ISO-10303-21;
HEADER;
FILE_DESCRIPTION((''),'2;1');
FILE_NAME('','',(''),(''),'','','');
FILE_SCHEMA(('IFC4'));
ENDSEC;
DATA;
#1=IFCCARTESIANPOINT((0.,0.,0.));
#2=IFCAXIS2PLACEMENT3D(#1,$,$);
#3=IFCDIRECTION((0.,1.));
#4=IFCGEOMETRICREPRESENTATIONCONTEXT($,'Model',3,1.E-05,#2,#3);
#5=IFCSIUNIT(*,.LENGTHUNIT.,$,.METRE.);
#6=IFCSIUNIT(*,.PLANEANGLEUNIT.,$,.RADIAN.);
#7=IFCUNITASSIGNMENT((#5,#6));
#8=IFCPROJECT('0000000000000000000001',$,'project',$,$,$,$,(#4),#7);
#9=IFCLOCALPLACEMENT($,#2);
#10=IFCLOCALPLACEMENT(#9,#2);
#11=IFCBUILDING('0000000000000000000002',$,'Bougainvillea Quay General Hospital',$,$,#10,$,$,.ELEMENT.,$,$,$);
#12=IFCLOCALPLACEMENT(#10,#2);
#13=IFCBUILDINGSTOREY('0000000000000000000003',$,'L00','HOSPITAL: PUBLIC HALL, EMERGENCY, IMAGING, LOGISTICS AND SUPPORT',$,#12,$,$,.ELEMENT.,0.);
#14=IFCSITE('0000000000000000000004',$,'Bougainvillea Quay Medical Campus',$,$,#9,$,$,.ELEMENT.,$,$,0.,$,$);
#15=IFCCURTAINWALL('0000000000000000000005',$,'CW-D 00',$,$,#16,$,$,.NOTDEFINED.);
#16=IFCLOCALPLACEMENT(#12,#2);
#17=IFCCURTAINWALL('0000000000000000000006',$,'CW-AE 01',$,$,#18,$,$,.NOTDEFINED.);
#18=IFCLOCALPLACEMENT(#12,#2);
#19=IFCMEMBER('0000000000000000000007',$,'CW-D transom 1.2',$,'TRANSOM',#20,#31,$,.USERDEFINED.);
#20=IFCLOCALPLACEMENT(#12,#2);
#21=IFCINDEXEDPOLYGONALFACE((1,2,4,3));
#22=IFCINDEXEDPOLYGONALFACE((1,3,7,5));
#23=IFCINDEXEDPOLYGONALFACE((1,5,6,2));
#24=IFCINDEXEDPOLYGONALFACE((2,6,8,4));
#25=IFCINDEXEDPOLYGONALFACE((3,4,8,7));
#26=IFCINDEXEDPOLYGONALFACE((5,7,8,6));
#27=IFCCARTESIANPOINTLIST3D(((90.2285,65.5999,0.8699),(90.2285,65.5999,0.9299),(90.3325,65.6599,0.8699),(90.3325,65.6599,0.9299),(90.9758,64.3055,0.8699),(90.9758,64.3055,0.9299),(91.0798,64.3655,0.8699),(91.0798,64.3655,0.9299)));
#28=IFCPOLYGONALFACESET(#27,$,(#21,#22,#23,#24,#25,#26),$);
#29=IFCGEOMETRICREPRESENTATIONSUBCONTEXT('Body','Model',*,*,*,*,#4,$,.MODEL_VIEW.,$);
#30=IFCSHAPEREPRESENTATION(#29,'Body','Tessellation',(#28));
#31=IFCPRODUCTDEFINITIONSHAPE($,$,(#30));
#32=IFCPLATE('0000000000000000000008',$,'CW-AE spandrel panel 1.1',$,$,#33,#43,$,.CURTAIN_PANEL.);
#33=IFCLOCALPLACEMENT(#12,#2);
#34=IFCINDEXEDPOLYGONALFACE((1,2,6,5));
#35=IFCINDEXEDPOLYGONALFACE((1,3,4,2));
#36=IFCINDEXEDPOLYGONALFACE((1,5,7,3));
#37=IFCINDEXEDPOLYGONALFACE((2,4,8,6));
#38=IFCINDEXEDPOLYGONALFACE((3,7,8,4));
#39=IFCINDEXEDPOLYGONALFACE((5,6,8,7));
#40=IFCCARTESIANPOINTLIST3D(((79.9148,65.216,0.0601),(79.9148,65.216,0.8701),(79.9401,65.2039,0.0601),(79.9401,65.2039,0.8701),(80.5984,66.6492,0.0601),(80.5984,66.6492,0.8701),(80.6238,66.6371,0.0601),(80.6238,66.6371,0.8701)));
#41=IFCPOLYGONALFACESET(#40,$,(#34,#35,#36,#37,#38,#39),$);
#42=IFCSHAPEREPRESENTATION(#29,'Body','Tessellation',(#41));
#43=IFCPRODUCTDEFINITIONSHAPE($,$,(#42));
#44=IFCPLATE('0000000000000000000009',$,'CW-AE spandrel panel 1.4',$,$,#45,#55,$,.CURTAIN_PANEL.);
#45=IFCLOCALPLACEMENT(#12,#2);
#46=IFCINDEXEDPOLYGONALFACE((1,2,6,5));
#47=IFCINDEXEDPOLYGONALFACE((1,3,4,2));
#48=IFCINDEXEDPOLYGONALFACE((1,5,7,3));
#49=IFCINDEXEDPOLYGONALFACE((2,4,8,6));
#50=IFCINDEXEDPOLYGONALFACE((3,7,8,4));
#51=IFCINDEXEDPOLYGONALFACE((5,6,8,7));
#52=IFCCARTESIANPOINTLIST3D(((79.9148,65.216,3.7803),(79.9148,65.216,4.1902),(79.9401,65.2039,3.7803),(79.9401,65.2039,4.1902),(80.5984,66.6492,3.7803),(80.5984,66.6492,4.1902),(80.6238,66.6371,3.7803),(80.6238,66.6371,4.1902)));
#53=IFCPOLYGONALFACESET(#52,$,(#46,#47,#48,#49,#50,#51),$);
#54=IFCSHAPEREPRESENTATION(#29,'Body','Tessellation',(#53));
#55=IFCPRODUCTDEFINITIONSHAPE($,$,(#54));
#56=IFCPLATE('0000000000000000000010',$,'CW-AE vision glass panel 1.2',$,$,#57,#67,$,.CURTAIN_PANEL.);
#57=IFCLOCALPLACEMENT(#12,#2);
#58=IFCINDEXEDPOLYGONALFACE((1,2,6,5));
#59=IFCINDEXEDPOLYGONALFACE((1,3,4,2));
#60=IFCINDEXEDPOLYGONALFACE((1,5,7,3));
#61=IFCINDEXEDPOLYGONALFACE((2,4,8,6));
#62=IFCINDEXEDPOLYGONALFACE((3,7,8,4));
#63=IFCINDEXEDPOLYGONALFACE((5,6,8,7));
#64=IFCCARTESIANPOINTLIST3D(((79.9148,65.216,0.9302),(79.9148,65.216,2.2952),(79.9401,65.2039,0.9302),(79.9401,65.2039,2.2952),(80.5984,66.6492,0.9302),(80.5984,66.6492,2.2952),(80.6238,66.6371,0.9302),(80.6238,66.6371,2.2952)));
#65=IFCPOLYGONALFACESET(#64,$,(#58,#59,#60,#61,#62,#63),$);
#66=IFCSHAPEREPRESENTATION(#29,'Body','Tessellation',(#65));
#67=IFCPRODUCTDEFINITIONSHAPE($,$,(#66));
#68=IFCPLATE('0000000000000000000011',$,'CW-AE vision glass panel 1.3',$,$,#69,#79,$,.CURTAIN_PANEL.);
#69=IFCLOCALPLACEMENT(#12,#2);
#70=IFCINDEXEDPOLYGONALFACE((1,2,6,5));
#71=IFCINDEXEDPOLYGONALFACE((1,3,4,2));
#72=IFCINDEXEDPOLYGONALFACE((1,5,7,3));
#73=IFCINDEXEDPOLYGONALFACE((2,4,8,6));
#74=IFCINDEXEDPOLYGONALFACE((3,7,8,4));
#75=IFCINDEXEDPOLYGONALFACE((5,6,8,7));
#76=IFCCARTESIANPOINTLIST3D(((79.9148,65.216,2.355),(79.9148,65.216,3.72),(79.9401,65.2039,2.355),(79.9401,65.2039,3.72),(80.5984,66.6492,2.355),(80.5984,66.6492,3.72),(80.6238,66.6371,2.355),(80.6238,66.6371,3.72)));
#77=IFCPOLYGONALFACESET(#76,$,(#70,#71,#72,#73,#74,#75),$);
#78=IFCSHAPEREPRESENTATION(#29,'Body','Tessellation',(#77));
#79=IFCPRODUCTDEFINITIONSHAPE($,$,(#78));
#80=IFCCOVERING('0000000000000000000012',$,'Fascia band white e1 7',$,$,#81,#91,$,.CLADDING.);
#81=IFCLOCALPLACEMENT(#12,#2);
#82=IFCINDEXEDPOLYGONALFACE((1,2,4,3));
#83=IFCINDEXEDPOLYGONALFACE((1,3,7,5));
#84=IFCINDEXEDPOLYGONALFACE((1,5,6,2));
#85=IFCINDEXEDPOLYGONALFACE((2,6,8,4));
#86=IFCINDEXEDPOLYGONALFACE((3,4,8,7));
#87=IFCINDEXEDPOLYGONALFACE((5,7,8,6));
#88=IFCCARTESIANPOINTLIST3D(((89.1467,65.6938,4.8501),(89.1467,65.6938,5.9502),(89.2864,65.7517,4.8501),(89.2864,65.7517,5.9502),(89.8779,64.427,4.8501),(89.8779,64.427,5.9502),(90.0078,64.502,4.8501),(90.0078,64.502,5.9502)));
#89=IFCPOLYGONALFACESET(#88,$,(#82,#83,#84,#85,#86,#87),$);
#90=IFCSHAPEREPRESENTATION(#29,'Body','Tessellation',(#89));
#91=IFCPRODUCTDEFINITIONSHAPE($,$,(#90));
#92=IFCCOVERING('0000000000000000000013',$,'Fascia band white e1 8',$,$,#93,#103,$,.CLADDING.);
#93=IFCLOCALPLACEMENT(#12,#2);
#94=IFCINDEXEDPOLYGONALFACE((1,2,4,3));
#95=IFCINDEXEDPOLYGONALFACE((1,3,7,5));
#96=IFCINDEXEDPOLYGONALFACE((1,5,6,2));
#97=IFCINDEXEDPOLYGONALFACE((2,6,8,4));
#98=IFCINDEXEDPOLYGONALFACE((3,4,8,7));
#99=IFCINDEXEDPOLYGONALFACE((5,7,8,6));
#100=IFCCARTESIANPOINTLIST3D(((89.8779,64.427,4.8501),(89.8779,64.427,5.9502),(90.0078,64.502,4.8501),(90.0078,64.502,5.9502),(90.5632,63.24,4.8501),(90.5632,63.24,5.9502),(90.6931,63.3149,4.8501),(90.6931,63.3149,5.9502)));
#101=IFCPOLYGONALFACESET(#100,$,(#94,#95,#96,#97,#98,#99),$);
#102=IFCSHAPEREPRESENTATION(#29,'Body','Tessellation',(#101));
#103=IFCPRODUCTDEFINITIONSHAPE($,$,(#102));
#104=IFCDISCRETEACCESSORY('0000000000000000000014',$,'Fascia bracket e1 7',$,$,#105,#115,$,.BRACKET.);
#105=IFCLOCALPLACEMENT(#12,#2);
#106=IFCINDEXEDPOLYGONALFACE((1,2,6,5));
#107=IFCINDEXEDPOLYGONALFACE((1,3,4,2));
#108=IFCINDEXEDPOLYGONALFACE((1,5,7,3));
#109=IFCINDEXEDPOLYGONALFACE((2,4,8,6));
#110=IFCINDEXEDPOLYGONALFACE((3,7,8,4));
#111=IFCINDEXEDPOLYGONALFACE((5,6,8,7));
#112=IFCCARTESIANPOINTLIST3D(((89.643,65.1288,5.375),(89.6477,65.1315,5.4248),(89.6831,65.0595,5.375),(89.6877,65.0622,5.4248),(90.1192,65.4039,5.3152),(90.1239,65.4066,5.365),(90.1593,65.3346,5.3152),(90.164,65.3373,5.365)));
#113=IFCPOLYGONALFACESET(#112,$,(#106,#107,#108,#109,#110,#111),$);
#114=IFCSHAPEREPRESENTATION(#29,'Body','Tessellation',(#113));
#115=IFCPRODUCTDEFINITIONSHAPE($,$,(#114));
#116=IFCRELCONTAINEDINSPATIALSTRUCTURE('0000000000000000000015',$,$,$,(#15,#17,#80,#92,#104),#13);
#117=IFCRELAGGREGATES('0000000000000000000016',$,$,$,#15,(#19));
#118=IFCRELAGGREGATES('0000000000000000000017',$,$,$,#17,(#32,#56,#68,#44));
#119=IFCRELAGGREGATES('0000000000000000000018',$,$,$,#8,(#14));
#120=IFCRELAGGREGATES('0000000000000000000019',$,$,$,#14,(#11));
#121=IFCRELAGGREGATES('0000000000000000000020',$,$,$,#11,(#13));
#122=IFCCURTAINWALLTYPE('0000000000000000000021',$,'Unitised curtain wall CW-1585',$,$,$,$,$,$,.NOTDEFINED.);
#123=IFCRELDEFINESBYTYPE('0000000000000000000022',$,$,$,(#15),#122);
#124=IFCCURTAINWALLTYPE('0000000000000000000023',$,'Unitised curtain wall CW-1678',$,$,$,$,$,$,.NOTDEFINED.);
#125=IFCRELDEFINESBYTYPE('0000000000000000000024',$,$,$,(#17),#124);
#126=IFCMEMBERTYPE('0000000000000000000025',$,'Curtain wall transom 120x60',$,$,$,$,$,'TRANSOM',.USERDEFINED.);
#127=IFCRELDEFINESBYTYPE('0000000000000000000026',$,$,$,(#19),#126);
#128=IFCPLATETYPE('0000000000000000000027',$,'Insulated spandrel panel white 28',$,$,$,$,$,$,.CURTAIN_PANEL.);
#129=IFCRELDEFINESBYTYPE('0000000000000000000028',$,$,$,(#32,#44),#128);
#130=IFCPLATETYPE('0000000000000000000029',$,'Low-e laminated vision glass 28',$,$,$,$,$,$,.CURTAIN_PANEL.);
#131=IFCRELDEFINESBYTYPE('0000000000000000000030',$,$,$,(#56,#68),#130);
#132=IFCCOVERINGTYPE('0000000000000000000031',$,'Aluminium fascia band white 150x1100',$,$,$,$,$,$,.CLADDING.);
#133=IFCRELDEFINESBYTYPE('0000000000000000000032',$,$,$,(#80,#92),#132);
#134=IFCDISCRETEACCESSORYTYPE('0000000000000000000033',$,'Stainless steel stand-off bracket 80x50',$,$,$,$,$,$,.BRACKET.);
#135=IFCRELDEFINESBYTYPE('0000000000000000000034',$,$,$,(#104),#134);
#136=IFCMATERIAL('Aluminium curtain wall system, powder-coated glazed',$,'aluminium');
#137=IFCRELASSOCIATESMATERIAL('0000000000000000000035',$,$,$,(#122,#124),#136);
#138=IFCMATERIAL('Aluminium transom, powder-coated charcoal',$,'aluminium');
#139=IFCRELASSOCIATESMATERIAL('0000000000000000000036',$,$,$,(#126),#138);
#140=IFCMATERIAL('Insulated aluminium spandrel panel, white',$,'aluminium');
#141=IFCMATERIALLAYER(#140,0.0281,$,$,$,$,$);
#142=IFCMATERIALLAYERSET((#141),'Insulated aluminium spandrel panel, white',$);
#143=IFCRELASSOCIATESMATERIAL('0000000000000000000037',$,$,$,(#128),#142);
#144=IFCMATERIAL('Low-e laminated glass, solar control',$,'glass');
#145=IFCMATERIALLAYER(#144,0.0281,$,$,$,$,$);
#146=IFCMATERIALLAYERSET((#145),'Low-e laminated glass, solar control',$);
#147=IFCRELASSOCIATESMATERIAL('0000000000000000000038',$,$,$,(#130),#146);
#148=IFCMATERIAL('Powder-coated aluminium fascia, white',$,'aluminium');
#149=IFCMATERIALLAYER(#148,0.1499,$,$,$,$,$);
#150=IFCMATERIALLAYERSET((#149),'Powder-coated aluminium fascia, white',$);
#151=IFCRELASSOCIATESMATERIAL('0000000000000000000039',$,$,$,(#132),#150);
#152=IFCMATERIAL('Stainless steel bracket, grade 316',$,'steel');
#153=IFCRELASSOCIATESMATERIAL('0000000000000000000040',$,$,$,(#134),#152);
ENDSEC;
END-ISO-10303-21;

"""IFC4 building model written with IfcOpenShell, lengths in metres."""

from ifc_helpers import new_model, si_unit, direction, frame, origin, origin_2d, place, context, subcontext, project, spatial, polyline, rectangle, outline, extrude, material, layer, layer_set, material_profile, profile_set, type_object, element, aggregate, save


model = new_model("IFC4")

# Units and contexts
model_context = context("Model", 3, precision=1e-05, world=origin(), true_north=direction((0.0, 1.0)))
body_context = subcontext(model_context, "Body", "Model", "MODEL_VIEW")
ifc_project = project(units=[si_unit("LENGTHUNIT", "METRE"), si_unit("PLANEANGLEUNIT", "RADIAN")], contexts=[model_context])

# Site, building, storey
site_placement = place(None, origin())
site = spatial("IfcSite", under=ifc_project, at=site_placement, Name="Bougainvillea Quay Medical Campus", CompositionType="ELEMENT", RefElevation=0.0)
building_placement = place(site_placement, origin())
building = spatial("IfcBuilding", under=site, at=building_placement, Name="Bougainvillea Quay General Hospital", CompositionType="ELEMENT")
storey_placement = place(building_placement, origin())
storey = spatial("IfcBuildingStorey", under=building, at=storey_placement, Name="L00", Description="HOSPITAL: PUBLIC HALL, EMERGENCY, IMAGING, LOGISTICS AND SUPPORT", CompositionType="ELEMENT", Elevation=0.0)

# Curtain wall
ifc_material_1 = material(Name="Aluminium curtain wall system, powder-coated glazed", Category="aluminium")
curtain_wall_type_1 = type_object("IfcCurtainWallType", Name="Unitised curtain wall CW-1585", PredefinedType="NOTDEFINED", material=ifc_material_1)
curtain_wall_1_placement = place(storey_placement, origin())
curtain_wall_1 = element("IfcCurtainWall", 1, at=curtain_wall_1_placement, inside=storey, type_object=curtain_wall_type_1, Name="CW-D 00", PredefinedType="NOTDEFINED")

# Curtain wall
curtain_wall_type_2 = type_object("IfcCurtainWallType", Name="Unitised curtain wall CW-1678", PredefinedType="NOTDEFINED", material=ifc_material_1)
curtain_wall_2_placement = place(storey_placement, origin())
curtain_wall_2 = element("IfcCurtainWall", 2, at=curtain_wall_2_placement, inside=storey, type_object=curtain_wall_type_2, Name="CW-AE 01", PredefinedType="NOTDEFINED")
ifc_material_2 = material(Name="Aluminium transom, powder-coated charcoal", Category="aluminium")
ifc_material_profile_1 = material_profile(ifc_material_2, rectangle(XDim=0.1201, YDim=0.0601, at=origin_2d()))
ifc_profile_set_1 = profile_set([ifc_material_profile_1], Name="Aluminium transom, powder-coated charcoal")
member_type_1 = type_object("IfcMemberType", Name="Curtain wall transom 120x60", ElementType="TRANSOM", PredefinedType="USERDEFINED", material=ifc_profile_set_1)

# Member
member_1_placement = place(storey_placement, frame((90.2805, 65.6299, 0.8999), z_axis=(0.499986, -0.866033, 0.0), x_axis=(0.866033, 0.499986, 0.0)))
member_1 = element("IfcMember", 3, at=member_1_placement, type_object=member_type_1, Name="CW-D transom 1.2", ObjectType="TRANSOM", PredefinedType="USERDEFINED", context=body_context, shape_type="SweptSolid", body=[
    extrude(rectangle(XDim=0.1201, YDim=0.0601, at=origin_2d()), origin(), (0.0, 0.0, 1.0), 1.4946),
])
aggregate(curtain_wall_1, [member_1])

# Plates
ifc_material_3 = material(Name="Insulated aluminium spandrel panel, white", Category="aluminium")
ifc_layer_1 = layer(ifc_material_3, 0.0281)
ifc_layer_set_1 = layer_set([ifc_layer_1], Name="Insulated aluminium spandrel panel, white")
plate_type_1 = type_object("IfcPlateType", Name="Insulated spandrel panel white 28", PredefinedType="CURTAIN_PANEL", material=ifc_layer_set_1)
plate_1_placement = place(storey_placement, frame((80.2693, 65.9265, 0.0601), z_axis=(0.0, 0.0, 1.0), x_axis=(0.43053, 0.902576, 0.0)))
plate_1 = element("IfcPlate", 4, at=plate_1_placement, type_object=plate_type_1, Name="CW-AE spandrel panel 1.1", PredefinedType="CURTAIN_PANEL", context=body_context, shape_type="SweptSolid", body=[
    extrude(rectangle(XDim=1.5879, YDim=0.0281, at=origin_2d()), origin(), (0.0, 0.0, 1.0), 0.8101),
])
plate_2_placement = place(storey_placement, frame((80.2693, 65.9265, 3.7803), z_axis=(0.0, 0.0, 1.0), x_axis=(0.43053, 0.902576, 0.0)))
plate_2 = element("IfcPlate", 5, at=plate_2_placement, type_object=plate_type_1, Name="CW-AE spandrel panel 1.4", PredefinedType="CURTAIN_PANEL", context=body_context, shape_type="SweptSolid", body=[
    extrude(rectangle(XDim=1.5879, YDim=0.0281, at=origin_2d()), origin(), (0.0, 0.0, 1.0), 0.4099),
])
ifc_material_4 = material(Name="Low-e laminated glass, solar control", Category="glass")
ifc_layer_2 = layer(ifc_material_4, 0.0281)
ifc_layer_set_2 = layer_set([ifc_layer_2], Name="Low-e laminated glass, solar control")
plate_type_2 = type_object("IfcPlateType", Name="Low-e laminated vision glass 28", PredefinedType="CURTAIN_PANEL", material=ifc_layer_set_2)
plate_3_placement = place(storey_placement, frame((80.2693, 65.9265, 0.9302), z_axis=(0.0, 0.0, 1.0), x_axis=(0.43053, 0.902576, 0.0)))
plate_3 = element("IfcPlate", 6, at=plate_3_placement, type_object=plate_type_2, Name="CW-AE vision glass panel 1.2", PredefinedType="CURTAIN_PANEL", context=body_context, shape_type="SweptSolid", body=[
    extrude(rectangle(XDim=1.5879, YDim=0.0281, at=origin_2d()), origin(), (0.0, 0.0, 1.0), 1.365),
])
plate_4_placement = place(storey_placement, frame((80.2693, 65.9265, 2.355), z_axis=(0.0, 0.0, 1.0), x_axis=(0.43053, 0.902576, 0.0)))
plate_4 = element("IfcPlate", 7, at=plate_4_placement, type_object=plate_type_2, Name="CW-AE vision glass panel 1.3", PredefinedType="CURTAIN_PANEL", context=body_context, shape_type="SweptSolid", body=[
    extrude(rectangle(XDim=1.5879, YDim=0.0281, at=origin_2d()), origin(), (0.0, 0.0, 1.0), 1.365),
])
aggregate(curtain_wall_2, [plate_1, plate_3, plate_4, plate_2])

# Coverings
ifc_material_5 = material(Name="Powder-coated aluminium fascia, white", Category="aluminium")
ifc_layer_3 = layer(ifc_material_5, 0.1499)
ifc_layer_set_3 = layer_set([ifc_layer_3], Name="Powder-coated aluminium fascia, white")
covering_type = type_object("IfcCoveringType", Name="Aluminium fascia band white 150x1100", PredefinedType="CLADDING", material=ifc_layer_set_3)
covering_1_placement = place(storey_placement, frame((89.2864, 65.7517, 4.8501), z_axis=(0.0, 0.0, 1.0), x_axis=(0.499942, -0.866059, 0.0)))
element("IfcCovering", 8, at=covering_1_placement, inside=storey, type_object=covering_type, Name="Fascia band white e1 7", PredefinedType="CLADDING", context=body_context, shape_type="SweptSolid", body=[
    extrude(outline(polyline([(0.0, 0.0), (1.443, 0.0), (1.443, -0.15), (-0.0197, -0.1499), (0.0, 0.0)])), origin(), (0.0, 0.0, 1.0), 1.1001),
])
covering_2_placement = place(storey_placement, frame((90.0078, 64.502, 4.8501), z_axis=(0.0, 0.0, 1.0), x_axis=(0.49999, -0.866031, 0.0)))
element("IfcCovering", 9, at=covering_2_placement, inside=storey, type_object=covering_type, Name="Fascia band white e1 8", PredefinedType="CLADDING", context=body_context, shape_type="SweptSolid", body=[
    extrude(outline(polyline([(0.0, 0.0), (1.3706, 0.0), (1.3706, -0.15), (0.0, -0.15), (0.0, 0.0)])), origin(), (0.0, 0.0, 1.0), 1.1001),
])

# Discrete accessory
ifc_material_6 = material(Name="Stainless steel bracket, grade 316", Category="steel")
ifc_material_profile_2 = material_profile(ifc_material_6, rectangle(XDim=0.0801, YDim=0.05, at=origin_2d()))
ifc_profile_set_2 = profile_set([ifc_material_profile_2], Name="Stainless steel bracket, grade 316")
discrete_accessory_type = type_object("IfcDiscreteAccessoryType", Name="Stainless steel stand-off bracket 80x50", PredefinedType="BRACKET", material=ifc_profile_set_2)
discrete_accessory_placement = place(storey_placement, frame((90.1416, 65.3706, 5.3401), z_axis=(-0.860838, -0.497265, 0.108101), x_axis=(0.500196, -0.865912, 0.0)))
element("IfcDiscreteAccessory", 10, at=discrete_accessory_placement, inside=storey, type_object=discrete_accessory_type, Name="Fascia bracket e1 7", PredefinedType="BRACKET", context=body_context, shape_type="SweptSolid", body=[
    extrude(rectangle(XDim=0.0801, YDim=0.05, at=origin_2d()), origin(), (0.0, 0.0, 1.0), 0.5532),
])

save(model, "model.ifc")
